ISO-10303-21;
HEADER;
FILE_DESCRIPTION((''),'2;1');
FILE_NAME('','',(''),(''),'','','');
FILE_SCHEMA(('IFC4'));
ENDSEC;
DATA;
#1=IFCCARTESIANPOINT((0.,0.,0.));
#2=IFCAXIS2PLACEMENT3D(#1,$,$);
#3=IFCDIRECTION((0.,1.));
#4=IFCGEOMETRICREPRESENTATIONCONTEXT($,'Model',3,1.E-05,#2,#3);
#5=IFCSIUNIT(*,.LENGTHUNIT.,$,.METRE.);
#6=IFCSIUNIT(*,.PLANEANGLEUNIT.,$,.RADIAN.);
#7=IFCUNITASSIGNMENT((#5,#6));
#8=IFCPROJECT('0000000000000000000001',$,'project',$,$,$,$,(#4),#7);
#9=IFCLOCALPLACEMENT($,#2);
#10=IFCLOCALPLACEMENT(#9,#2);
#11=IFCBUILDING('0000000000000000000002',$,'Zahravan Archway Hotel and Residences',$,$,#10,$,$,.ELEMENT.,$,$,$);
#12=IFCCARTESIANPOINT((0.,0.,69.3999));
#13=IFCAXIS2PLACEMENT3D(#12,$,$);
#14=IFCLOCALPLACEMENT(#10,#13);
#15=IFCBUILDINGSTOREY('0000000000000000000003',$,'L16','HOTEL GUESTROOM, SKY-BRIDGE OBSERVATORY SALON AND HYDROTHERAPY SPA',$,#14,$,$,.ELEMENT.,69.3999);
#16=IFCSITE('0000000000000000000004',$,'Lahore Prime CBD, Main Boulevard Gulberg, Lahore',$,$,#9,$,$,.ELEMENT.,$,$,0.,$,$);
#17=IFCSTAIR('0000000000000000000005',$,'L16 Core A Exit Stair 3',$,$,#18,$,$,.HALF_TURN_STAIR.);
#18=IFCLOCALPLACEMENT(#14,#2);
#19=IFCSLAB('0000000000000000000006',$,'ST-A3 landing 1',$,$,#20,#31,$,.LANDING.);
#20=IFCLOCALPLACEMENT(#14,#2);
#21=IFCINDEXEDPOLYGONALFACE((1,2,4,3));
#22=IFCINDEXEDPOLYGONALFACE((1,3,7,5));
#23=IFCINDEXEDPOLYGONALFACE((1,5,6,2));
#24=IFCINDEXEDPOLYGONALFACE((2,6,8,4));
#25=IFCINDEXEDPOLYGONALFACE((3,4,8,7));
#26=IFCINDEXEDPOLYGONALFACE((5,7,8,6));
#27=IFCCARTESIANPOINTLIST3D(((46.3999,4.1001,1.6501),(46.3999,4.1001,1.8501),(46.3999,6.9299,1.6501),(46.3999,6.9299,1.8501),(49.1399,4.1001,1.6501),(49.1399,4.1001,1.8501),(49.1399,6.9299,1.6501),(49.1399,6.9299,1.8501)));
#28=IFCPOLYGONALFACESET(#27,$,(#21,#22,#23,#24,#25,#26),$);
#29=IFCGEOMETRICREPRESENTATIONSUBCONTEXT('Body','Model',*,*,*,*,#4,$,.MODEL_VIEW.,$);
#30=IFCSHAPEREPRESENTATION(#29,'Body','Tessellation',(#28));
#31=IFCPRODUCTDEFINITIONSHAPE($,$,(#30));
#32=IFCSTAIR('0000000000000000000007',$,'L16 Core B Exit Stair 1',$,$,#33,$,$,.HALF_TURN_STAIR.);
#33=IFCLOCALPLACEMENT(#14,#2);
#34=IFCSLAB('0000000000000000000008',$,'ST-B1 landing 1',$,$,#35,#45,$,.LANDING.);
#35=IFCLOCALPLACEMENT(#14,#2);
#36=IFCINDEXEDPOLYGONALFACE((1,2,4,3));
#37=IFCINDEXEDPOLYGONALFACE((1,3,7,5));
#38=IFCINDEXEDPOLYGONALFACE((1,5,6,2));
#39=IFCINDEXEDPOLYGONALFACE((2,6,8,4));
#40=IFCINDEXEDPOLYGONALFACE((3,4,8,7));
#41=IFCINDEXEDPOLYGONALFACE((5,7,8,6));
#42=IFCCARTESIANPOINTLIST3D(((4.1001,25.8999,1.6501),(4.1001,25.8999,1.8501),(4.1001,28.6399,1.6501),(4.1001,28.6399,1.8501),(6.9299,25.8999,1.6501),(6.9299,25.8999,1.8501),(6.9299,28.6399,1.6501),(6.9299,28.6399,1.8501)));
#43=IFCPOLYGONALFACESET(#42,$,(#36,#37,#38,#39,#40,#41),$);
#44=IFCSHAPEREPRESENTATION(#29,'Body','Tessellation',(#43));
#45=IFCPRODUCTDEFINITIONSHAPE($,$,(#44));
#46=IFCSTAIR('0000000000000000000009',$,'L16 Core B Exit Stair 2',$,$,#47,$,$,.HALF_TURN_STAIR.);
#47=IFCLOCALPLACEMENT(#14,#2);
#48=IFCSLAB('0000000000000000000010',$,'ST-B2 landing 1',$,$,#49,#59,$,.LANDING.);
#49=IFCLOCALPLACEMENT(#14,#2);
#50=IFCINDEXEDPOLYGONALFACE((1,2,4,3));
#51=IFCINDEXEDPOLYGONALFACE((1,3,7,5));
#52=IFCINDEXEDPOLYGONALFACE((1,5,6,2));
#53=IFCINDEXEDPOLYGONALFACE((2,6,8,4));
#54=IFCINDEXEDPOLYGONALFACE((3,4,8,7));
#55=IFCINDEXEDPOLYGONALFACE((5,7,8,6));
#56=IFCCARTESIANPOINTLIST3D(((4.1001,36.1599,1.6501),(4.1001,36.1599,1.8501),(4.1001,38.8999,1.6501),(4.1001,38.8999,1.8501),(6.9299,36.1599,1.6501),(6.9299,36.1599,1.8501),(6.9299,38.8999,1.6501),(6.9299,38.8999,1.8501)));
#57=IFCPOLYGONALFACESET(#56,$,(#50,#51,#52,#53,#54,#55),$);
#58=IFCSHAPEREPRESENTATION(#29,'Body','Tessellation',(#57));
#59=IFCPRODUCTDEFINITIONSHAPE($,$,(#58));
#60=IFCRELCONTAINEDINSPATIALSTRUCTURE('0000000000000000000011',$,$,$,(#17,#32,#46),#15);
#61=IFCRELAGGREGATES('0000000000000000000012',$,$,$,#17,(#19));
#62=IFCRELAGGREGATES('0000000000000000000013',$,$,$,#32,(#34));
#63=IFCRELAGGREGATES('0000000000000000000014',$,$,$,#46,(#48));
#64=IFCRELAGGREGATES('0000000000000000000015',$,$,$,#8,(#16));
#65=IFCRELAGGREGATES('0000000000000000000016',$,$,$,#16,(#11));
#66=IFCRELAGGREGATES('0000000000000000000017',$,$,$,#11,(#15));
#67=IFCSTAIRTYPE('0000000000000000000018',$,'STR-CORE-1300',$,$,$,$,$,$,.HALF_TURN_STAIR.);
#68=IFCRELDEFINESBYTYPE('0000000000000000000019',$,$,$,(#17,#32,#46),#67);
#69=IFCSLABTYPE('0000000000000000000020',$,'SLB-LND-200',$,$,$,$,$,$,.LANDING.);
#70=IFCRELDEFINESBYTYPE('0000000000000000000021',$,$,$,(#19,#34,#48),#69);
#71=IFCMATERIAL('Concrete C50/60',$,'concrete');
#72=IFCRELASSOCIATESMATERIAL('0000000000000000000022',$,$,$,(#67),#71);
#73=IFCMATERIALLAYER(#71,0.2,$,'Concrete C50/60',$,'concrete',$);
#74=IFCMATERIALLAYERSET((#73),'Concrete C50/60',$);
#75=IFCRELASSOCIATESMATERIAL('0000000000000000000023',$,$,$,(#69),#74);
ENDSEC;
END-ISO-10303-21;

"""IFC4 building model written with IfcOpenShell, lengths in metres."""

from ifc_helpers import new_model, si_unit, direction, frame, origin, place, context, subcontext, project, spatial, polyline, outline, extrude, material, layer, layer_set, type_object, element, aggregate, save


model = new_model("IFC4")

# Units and contexts
model_context = context("Model", 3, precision=1e-05, world=origin(), true_north=direction((0.0, 1.0)))
body_context = subcontext(model_context, "Body", "Model", "MODEL_VIEW")
ifc_project = project(units=[si_unit("LENGTHUNIT", "METRE"), si_unit("PLANEANGLEUNIT", "RADIAN")], contexts=[model_context])

# Site, building, storey
site_placement = place(None, origin())
site = spatial("IfcSite", under=ifc_project, at=site_placement, Name="Lahore Prime CBD, Main Boulevard Gulberg, Lahore", CompositionType="ELEMENT", RefElevation=0.0)
building_placement = place(site_placement, origin())
building = spatial("IfcBuilding", under=site, at=building_placement, Name="Zahravan Archway Hotel and Residences", CompositionType="ELEMENT")
storey_placement = place(building_placement, frame((0.0, 0.0, 69.3999)))
storey = spatial("IfcBuildingStorey", under=building, at=storey_placement, Name="L16", Description="HOTEL GUESTROOM, SKY-BRIDGE OBSERVATORY SALON AND HYDROTHERAPY SPA", CompositionType="ELEMENT", Elevation=69.3999)

# Stairs, slabs
ifc_material_1 = material(Name="Concrete C50/60", Category="concrete")
stair_type = type_object("IfcStairType", Name="STR-CORE-1300", PredefinedType="HALF_TURN_STAIR", material=ifc_material_1)
ifc_layer_1 = layer(ifc_material_1, 0.2, Name="Concrete C50/60", Category="concrete")
ifc_layer_set_1 = layer_set([ifc_layer_1], Name="Concrete C50/60")
slab_type_1 = type_object("IfcSlabType", Name="SLB-LND-200", PredefinedType="LANDING", material=ifc_layer_set_1)
stair_1_placement = place(storey_placement, origin())
stair_1 = element("IfcStair", 1, at=stair_1_placement, inside=storey, type_object=stair_type, Name="L16 Core A Exit Stair 3", PredefinedType="HALF_TURN_STAIR")
slab_1_placement = place(storey_placement, frame((0.0, 0.0, 1.6501)))
slab_1 = element("IfcSlab", 2, at=slab_1_placement, type_object=slab_type_1, Name="ST-A3 landing 1", PredefinedType="LANDING", context=body_context, shape_type="SweptSolid", body=[
    extrude(outline(polyline([(46.3999, 6.9299), (46.3999, 4.1001), (49.1399, 4.1001), (49.1399, 6.9299), (46.3999, 6.9299)])), origin(), (0.0, 0.0, 1.0), 0.2),
])
aggregate(stair_1, [slab_1])
stair_2_placement = place(storey_placement, origin())
stair_2 = element("IfcStair", 3, at=stair_2_placement, inside=storey, type_object=stair_type, Name="L16 Core B Exit Stair 1", PredefinedType="HALF_TURN_STAIR")
slab_2_placement = place(storey_placement, frame((0.0, 0.0, 1.6501)))
slab_2 = element("IfcSlab", 4, at=slab_2_placement, type_object=slab_type_1, Name="ST-B1 landing 1", PredefinedType="LANDING", context=body_context, shape_type="SweptSolid", body=[
    extrude(outline(polyline([(6.9299, 28.6399), (4.1001, 28.6399), (4.1001, 25.8999), (6.9299, 25.8999), (6.9299, 28.6399)])), origin(), (0.0, 0.0, 1.0), 0.2),
])
aggregate(stair_2, [slab_2])
stair_3_placement = place(storey_placement, origin())
stair_3 = element("IfcStair", 5, at=stair_3_placement, inside=storey, type_object=stair_type, Name="L16 Core B Exit Stair 2", PredefinedType="HALF_TURN_STAIR")
slab_3_placement = place(storey_placement, frame((0.0, 0.0, 1.6501)))
slab_3 = element("IfcSlab", 6, at=slab_3_placement, type_object=slab_type_1, Name="ST-B2 landing 1", PredefinedType="LANDING", context=body_context, shape_type="SweptSolid", body=[
    extrude(outline(polyline([(6.9299, 38.8999), (4.1001, 38.8999), (4.1001, 36.1599), (6.9299, 36.1599), (6.9299, 38.8999)])), origin(), (0.0, 0.0, 1.0), 0.2),
])
aggregate(stair_3, [slab_3])

save(model, "model.ifc")
